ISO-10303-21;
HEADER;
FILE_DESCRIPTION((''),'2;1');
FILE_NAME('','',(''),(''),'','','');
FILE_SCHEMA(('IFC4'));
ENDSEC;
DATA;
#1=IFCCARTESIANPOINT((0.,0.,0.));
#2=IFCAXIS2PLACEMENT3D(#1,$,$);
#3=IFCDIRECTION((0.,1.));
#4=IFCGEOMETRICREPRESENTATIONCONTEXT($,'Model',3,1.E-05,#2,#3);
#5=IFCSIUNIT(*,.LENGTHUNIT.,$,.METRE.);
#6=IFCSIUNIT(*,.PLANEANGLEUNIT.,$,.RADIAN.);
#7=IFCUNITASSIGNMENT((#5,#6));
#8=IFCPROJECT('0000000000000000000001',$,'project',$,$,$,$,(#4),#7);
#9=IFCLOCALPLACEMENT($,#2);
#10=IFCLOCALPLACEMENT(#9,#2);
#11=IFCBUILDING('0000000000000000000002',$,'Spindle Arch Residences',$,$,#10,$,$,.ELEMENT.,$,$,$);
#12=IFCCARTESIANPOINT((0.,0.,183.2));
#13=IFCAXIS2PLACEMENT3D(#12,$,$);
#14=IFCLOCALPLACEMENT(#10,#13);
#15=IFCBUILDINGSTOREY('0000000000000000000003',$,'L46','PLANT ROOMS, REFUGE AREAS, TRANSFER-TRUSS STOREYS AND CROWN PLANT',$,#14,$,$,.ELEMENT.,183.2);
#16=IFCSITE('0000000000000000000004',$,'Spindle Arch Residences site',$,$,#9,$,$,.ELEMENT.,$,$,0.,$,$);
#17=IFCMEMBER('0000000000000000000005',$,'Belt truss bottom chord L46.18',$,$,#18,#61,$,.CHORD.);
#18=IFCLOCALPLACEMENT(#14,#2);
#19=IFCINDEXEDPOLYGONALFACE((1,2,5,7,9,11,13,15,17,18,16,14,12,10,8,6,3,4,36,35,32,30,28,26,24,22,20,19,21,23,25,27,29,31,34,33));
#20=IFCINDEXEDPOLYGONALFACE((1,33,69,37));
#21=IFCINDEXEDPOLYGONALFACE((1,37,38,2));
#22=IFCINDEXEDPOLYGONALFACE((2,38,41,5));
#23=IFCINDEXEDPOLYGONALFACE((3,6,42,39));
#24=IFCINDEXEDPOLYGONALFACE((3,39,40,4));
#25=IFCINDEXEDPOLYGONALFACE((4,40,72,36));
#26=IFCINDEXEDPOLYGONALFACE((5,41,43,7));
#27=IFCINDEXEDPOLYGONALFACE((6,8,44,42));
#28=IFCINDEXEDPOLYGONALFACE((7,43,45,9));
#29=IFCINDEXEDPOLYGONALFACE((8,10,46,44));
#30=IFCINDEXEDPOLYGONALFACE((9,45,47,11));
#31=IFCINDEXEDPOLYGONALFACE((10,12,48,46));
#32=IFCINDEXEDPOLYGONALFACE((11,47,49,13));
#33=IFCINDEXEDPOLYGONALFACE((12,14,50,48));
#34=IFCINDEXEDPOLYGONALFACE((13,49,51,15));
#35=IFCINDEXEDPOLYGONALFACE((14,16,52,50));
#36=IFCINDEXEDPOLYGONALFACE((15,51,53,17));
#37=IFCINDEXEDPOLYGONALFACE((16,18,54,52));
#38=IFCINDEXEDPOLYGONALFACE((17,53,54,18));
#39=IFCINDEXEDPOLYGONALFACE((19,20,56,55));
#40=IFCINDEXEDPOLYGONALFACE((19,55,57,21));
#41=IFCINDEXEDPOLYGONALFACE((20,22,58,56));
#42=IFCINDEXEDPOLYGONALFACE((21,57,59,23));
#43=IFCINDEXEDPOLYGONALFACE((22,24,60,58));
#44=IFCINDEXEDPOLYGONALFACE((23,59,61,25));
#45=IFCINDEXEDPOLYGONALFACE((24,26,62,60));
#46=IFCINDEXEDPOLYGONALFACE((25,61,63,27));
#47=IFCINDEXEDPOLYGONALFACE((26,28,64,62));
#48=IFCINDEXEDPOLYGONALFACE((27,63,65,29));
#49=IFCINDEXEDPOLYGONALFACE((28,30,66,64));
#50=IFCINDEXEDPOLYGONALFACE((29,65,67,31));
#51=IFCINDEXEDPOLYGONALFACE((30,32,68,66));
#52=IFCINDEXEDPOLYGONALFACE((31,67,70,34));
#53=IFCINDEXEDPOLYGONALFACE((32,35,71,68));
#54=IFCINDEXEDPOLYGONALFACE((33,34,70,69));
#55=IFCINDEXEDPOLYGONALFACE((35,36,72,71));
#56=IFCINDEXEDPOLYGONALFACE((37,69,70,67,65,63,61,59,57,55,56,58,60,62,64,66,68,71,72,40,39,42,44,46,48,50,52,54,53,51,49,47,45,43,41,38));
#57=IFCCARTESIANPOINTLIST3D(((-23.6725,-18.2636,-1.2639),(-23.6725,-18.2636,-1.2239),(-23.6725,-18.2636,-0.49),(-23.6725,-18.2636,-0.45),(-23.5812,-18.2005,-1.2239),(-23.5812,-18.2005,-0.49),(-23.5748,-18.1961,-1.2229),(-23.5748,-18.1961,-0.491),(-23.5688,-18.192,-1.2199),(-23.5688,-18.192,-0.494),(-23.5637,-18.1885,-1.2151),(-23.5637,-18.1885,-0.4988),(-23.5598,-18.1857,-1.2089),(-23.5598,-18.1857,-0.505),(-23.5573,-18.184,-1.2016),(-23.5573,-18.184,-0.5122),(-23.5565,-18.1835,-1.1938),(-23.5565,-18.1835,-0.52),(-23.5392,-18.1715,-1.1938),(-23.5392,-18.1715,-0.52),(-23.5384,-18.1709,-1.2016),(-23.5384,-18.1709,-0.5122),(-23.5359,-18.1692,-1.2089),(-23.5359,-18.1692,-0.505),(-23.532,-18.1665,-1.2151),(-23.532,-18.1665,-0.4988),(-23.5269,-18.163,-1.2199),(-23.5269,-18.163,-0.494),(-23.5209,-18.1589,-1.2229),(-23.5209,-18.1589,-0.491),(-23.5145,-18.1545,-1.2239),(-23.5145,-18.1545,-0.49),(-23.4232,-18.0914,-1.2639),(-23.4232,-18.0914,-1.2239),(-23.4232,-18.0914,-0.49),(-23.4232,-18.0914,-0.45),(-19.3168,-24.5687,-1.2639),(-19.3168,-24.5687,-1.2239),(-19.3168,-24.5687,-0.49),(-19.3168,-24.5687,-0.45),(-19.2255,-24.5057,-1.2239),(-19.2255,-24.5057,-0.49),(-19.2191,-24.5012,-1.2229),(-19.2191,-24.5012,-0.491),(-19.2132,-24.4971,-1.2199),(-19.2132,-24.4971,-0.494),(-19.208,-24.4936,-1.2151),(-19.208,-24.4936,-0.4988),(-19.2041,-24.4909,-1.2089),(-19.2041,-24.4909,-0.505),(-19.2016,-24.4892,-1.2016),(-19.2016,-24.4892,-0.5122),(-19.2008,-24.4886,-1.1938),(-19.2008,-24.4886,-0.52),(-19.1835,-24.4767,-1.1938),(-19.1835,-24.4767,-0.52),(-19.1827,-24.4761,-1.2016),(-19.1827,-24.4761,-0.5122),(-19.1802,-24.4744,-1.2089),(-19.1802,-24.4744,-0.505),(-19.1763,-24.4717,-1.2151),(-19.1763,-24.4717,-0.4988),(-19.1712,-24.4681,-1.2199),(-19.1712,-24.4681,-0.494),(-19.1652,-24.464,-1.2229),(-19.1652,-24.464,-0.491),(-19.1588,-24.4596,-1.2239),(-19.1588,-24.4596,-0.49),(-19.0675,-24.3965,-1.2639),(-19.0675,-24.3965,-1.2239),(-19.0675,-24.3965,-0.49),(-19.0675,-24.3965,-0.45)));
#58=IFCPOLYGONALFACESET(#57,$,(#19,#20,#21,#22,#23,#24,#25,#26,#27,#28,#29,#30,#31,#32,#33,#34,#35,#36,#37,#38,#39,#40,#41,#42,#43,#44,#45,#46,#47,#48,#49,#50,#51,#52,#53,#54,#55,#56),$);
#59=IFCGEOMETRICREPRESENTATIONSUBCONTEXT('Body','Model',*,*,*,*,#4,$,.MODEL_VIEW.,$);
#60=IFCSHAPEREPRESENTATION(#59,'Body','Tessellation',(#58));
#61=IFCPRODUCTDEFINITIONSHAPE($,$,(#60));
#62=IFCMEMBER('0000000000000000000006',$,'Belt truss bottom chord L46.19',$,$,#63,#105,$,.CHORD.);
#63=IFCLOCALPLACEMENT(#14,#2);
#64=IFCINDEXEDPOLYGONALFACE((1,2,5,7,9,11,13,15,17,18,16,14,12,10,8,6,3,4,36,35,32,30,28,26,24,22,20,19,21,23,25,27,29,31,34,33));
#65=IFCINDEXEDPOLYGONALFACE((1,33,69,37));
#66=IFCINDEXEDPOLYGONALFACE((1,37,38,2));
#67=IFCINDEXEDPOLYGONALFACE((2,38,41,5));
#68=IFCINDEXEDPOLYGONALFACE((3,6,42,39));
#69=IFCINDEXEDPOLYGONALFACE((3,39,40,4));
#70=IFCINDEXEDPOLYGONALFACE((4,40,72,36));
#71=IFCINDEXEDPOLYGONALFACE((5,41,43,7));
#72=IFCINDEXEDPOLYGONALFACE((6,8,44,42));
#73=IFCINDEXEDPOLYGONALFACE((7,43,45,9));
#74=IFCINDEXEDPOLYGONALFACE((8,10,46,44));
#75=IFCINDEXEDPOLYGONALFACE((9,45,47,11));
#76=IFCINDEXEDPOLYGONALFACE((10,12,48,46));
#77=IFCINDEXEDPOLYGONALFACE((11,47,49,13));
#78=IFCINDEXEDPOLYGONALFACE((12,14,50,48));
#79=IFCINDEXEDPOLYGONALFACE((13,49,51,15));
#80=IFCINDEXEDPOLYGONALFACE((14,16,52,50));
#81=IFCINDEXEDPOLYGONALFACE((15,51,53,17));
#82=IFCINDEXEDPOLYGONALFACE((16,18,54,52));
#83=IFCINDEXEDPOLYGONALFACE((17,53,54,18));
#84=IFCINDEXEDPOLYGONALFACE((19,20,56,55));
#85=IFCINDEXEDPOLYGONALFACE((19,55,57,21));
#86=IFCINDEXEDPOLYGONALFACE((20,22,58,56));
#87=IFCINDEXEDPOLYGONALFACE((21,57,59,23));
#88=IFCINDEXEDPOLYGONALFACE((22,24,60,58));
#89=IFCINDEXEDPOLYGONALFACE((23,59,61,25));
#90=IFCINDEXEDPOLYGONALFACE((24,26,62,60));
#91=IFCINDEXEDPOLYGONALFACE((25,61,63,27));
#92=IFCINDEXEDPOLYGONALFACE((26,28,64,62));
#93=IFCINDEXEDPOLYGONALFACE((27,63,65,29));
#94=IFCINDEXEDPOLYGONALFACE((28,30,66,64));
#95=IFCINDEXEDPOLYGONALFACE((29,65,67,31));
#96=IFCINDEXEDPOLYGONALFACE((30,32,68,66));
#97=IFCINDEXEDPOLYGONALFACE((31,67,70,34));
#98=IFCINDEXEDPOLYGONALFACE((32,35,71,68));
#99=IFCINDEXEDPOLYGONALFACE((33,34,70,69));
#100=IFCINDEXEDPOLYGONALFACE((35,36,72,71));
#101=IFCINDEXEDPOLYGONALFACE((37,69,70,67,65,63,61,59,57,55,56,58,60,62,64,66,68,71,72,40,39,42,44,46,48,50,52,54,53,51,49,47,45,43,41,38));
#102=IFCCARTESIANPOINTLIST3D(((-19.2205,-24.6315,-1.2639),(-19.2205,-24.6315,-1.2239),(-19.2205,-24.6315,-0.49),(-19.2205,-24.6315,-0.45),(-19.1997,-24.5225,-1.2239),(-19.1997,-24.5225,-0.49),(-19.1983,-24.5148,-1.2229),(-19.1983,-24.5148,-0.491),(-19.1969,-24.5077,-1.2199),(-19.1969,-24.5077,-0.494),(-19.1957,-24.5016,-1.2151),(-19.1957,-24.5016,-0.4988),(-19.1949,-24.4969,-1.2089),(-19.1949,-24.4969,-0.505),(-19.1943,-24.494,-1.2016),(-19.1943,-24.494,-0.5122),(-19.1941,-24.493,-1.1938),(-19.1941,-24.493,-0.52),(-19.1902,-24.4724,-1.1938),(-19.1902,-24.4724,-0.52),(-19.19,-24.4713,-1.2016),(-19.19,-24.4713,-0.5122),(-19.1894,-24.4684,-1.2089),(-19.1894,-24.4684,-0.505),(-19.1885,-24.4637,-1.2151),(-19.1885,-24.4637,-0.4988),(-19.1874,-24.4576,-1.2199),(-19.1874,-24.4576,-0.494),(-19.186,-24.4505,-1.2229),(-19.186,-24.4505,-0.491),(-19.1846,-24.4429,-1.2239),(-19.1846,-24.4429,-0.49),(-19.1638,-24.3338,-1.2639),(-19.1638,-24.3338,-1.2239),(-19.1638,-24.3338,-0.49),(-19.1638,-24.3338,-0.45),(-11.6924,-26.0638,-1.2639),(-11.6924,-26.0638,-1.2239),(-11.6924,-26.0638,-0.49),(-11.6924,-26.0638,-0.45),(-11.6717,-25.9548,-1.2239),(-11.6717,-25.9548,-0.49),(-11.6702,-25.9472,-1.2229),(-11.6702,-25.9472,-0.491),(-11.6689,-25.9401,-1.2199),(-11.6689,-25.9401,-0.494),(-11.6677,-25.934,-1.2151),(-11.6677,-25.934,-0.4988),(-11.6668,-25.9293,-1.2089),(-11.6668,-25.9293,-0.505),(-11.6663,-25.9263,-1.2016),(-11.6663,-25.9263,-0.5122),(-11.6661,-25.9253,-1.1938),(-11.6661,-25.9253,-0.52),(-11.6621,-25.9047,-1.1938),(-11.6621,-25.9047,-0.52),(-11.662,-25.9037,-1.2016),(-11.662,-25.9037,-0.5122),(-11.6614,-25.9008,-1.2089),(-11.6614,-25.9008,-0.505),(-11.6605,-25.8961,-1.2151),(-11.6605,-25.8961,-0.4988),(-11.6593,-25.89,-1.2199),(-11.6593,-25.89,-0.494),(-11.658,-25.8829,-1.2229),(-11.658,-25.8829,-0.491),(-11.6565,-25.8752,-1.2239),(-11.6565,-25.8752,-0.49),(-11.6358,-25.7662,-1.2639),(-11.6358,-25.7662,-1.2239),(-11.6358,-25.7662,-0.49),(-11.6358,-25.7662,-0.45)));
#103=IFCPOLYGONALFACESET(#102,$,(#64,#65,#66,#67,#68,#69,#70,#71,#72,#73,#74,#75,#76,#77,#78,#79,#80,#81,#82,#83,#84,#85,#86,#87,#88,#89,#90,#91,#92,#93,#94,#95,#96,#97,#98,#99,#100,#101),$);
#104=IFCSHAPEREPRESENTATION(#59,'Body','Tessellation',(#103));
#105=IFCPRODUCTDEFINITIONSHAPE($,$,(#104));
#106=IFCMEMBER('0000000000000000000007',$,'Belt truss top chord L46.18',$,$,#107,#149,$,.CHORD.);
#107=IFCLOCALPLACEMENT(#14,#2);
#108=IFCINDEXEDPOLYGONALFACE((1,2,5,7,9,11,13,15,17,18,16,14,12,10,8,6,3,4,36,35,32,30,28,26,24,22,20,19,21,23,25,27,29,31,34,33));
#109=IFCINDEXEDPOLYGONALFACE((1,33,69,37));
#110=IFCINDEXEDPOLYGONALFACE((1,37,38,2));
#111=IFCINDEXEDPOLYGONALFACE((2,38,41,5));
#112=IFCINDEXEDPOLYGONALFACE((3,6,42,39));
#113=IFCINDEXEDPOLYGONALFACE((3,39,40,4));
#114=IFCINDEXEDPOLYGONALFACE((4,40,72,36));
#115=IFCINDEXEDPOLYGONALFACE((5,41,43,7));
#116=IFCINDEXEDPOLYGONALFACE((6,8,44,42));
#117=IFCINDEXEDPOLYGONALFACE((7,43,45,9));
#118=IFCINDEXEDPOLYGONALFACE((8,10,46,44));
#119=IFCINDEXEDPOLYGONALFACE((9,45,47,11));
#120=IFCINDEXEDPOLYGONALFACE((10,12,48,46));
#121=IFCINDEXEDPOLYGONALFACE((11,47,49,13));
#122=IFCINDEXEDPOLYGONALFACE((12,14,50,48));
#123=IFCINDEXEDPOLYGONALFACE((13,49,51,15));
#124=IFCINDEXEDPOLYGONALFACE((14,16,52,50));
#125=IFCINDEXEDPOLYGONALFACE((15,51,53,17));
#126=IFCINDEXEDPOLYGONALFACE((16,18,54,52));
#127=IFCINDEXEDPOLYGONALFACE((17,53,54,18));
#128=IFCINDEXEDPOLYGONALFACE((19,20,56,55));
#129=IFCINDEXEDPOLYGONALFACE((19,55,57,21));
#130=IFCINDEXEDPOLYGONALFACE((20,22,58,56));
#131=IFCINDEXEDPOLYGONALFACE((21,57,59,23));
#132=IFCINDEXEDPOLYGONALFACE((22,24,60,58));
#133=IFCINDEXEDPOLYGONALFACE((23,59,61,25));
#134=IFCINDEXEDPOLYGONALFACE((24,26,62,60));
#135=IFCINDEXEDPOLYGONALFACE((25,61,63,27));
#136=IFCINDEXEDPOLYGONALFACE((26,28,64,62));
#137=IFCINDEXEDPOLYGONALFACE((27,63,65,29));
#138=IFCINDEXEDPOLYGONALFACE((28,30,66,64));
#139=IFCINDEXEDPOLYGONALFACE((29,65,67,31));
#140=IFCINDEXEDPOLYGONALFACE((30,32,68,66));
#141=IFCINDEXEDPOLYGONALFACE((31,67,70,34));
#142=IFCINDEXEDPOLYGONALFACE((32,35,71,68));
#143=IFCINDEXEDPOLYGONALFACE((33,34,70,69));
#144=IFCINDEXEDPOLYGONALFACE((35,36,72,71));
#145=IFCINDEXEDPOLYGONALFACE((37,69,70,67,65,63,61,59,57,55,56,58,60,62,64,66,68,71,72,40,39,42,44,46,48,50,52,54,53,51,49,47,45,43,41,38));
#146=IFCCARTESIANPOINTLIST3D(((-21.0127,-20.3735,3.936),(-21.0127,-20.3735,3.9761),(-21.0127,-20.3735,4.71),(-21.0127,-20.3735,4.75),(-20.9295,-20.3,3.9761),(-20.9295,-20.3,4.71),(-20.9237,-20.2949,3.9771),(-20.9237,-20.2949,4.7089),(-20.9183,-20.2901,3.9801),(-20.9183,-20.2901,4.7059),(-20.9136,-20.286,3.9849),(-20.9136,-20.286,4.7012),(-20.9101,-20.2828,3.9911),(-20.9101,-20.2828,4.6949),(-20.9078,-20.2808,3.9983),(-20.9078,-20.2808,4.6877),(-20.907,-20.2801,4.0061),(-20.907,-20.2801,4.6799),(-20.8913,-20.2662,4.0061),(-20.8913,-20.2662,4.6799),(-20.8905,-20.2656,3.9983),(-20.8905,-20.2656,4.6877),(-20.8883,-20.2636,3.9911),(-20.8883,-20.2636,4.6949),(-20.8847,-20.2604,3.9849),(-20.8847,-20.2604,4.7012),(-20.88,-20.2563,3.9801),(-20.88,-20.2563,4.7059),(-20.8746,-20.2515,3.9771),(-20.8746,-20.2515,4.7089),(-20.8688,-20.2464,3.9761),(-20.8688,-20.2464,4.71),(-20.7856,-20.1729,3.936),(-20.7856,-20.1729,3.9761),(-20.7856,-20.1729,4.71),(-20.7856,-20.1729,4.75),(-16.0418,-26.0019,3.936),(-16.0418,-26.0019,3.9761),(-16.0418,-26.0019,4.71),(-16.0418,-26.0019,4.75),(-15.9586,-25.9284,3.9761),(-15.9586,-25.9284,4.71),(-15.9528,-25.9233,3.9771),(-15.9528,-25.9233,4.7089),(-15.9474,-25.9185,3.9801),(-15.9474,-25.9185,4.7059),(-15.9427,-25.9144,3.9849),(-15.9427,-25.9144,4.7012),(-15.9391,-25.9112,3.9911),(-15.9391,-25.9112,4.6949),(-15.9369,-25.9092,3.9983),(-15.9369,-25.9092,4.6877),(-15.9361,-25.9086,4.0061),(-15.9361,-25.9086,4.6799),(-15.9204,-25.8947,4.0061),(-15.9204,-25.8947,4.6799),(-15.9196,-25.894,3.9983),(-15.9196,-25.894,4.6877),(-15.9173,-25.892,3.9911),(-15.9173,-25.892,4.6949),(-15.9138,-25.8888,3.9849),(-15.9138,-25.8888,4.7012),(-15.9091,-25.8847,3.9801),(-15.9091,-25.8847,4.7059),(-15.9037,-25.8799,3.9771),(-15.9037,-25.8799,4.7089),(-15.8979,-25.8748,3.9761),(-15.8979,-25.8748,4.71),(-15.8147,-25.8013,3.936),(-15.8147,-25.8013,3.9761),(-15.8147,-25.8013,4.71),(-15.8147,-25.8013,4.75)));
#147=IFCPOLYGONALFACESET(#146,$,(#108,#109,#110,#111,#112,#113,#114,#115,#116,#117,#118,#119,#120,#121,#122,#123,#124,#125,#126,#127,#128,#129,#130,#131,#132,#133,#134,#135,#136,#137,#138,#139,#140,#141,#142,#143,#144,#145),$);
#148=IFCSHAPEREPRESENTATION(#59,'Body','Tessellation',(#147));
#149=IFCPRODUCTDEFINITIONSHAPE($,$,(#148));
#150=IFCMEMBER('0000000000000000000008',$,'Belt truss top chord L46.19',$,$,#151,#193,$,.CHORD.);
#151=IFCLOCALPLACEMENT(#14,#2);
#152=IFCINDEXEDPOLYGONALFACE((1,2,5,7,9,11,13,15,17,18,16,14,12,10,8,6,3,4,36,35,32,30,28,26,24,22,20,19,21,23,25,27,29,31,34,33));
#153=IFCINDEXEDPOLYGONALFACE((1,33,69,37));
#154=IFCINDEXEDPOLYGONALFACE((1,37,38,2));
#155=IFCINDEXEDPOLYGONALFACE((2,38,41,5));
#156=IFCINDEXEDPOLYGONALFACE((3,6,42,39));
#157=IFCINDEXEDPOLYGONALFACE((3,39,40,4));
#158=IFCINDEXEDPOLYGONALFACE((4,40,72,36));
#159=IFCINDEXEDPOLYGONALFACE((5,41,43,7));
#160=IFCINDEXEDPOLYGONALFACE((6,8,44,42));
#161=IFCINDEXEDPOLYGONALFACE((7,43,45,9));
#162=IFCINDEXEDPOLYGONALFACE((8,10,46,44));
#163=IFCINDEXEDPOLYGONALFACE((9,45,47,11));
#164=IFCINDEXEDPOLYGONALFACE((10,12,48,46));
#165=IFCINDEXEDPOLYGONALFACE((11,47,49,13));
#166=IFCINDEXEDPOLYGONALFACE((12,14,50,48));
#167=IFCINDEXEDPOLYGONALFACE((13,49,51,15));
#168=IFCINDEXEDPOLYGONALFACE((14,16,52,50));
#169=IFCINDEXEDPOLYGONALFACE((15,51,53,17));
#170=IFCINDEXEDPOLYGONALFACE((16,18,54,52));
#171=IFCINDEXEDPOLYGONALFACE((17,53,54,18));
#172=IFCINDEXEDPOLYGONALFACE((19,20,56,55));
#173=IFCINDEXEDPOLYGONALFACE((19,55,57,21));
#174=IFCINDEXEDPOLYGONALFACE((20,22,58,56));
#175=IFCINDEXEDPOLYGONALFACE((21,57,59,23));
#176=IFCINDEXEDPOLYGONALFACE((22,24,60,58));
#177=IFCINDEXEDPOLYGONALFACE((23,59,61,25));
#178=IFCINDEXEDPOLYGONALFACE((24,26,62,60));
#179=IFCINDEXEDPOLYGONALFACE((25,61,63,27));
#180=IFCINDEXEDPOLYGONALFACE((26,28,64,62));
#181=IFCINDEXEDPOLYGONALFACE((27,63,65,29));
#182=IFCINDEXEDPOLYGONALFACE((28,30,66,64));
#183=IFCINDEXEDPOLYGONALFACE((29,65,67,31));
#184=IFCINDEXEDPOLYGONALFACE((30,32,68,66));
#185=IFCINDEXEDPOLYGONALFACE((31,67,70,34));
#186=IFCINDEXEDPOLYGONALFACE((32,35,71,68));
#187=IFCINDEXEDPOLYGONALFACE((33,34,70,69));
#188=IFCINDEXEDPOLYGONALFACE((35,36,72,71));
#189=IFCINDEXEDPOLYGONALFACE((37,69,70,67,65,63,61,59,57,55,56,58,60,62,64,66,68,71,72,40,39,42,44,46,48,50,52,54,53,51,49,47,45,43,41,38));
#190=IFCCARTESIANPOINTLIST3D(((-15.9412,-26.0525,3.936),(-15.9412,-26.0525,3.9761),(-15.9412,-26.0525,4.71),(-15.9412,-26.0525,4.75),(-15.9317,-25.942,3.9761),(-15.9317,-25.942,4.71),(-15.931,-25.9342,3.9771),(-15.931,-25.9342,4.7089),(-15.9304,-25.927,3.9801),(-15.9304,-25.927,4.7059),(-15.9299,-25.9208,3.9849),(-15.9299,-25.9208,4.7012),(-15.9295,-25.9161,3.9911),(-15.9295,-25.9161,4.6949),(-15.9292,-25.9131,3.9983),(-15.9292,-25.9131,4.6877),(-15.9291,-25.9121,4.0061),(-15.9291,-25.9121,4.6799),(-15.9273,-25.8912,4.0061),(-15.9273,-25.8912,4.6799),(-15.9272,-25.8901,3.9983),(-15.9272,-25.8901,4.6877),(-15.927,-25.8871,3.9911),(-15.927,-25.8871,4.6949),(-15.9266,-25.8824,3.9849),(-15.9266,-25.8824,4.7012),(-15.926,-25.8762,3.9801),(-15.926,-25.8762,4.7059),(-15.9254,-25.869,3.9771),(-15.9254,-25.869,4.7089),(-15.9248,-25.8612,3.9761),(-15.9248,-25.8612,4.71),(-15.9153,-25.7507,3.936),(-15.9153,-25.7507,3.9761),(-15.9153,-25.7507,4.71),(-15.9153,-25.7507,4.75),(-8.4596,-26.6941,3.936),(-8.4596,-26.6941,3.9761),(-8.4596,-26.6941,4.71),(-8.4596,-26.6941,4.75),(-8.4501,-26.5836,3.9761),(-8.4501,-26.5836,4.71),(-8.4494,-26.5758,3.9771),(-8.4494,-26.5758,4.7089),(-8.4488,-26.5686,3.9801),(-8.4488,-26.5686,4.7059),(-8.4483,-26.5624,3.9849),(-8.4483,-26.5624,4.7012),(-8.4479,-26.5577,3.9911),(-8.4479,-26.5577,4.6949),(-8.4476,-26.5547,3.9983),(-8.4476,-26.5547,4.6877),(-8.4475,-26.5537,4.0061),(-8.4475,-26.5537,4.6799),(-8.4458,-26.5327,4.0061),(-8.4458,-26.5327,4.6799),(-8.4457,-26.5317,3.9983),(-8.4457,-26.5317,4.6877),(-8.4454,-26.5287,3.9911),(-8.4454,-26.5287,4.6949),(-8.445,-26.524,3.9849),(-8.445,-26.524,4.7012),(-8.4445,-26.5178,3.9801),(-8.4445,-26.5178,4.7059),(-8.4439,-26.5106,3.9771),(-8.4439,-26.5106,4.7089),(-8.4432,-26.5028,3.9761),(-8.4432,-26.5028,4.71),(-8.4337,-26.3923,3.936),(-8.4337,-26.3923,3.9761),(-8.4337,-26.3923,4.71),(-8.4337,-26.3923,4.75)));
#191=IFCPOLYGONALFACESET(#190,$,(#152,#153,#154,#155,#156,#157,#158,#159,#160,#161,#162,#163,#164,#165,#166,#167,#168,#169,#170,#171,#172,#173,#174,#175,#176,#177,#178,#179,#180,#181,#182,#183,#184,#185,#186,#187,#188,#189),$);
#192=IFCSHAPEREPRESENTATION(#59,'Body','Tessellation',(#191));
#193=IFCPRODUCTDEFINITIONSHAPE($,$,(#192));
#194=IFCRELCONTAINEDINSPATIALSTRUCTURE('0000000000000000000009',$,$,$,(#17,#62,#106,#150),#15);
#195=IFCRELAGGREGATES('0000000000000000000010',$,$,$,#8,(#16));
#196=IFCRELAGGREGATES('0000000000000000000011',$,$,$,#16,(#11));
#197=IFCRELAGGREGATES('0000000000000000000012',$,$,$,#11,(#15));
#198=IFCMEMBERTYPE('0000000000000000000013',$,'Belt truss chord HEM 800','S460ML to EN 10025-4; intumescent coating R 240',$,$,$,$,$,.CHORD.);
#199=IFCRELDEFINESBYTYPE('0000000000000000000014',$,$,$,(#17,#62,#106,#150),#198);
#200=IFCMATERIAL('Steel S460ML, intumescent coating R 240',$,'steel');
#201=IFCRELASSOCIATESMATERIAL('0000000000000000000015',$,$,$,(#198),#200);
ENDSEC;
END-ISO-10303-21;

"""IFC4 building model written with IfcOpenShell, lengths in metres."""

from ifc_helpers import new_model, si_unit, direction, frame, origin, origin_2d, place, context, subcontext, project, spatial, i_section, extrude, material, material_profile, profile_set, type_object, element, save


model = new_model("IFC4")

# Units and contexts
model_context = context("Model", 3, precision=1e-05, world=origin(), true_north=direction((0.0, 1.0)))
body_context = subcontext(model_context, "Body", "Model", "MODEL_VIEW")
ifc_project = project(units=[si_unit("LENGTHUNIT", "METRE"), si_unit("PLANEANGLEUNIT", "RADIAN")], contexts=[model_context])

# Site, building, storey
site_placement = place(None, origin())
site = spatial("IfcSite", under=ifc_project, at=site_placement, Name="Spindle Arch Residences site", CompositionType="ELEMENT", RefElevation=0.0)
building_placement = place(site_placement, origin())
building = spatial("IfcBuilding", under=site, at=building_placement, Name="Spindle Arch Residences", CompositionType="ELEMENT")
storey_placement = place(building_placement, frame((0.0, 0.0, 183.2)))
storey = spatial("IfcBuildingStorey", under=building, at=storey_placement, Name="L46", Description="PLANT ROOMS, REFUGE AREAS, TRANSFER-TRUSS STOREYS AND CROWN PLANT", CompositionType="ELEMENT", Elevation=183.2)

# Members
ifc_material_1 = material(Name="Steel S460ML, intumescent coating R 240", Category="steel")
ifc_material_profile_1 = material_profile(ifc_material_1, i_section(OverallWidth=0.303, OverallDepth=0.814, WebThickness=0.021, FlangeThickness=0.04, FilletRadius=0.03, at=origin_2d()), Name="HEM 800")
ifc_profile_set_1 = profile_set([ifc_material_profile_1], Name="Steel S460ML, intumescent coating R 240")
member_type_1 = type_object("IfcMemberType", Name="Belt truss chord HEM 800", Description="S460ML to EN 10025-4; intumescent coating R 240", PredefinedType="CHORD", material=ifc_profile_set_1)
member_1_placement = place(storey_placement, frame((-23.5479, -18.1775, -0.8569), z_axis=(0.56838, -0.822766, 0.0), x_axis=(0.822766, 0.56838, 0.0)))
element("IfcMember", 1, at=member_1_placement, inside=storey, type_object=member_type_1, Name="Belt truss bottom chord L46.18", PredefinedType="CHORD", context=body_context, shape_type="SweptSolid", body=[
    extrude(i_section(OverallWidth=0.303, OverallDepth=0.814, WebThickness=0.021, FlangeThickness=0.04, FilletRadius=0.03, at=origin_2d()), origin(), (0.0, 0.0, 1.0), 7.6633),
])
member_2_placement = place(storey_placement, frame((-19.1921, -24.4827, -0.8569), z_axis=(0.982376, -0.186917, 0.0), x_axis=(0.186917, 0.982376, 0.0)))
element("IfcMember", 2, at=member_2_placement, inside=storey, type_object=member_type_1, Name="Belt truss bottom chord L46.19", PredefinedType="CHORD", context=body_context, shape_type="SweptSolid", body=[
    extrude(i_section(OverallWidth=0.303, OverallDepth=0.814, WebThickness=0.021, FlangeThickness=0.04, FilletRadius=0.03, at=origin_2d()), origin(), (0.0, 0.0, 1.0), 7.6631),
])
member_3_placement = place(storey_placement, frame((-20.8992, -20.2732, 4.343), z_axis=(0.661973, -0.749528, 0.0), x_axis=(0.749528, 0.661973, 0.0)))
element("IfcMember", 3, at=member_3_placement, inside=storey, type_object=member_type_1, Name="Belt truss top chord L46.18", PredefinedType="CHORD", context=body_context, shape_type="SweptSolid", body=[
    extrude(i_section(OverallWidth=0.303, OverallDepth=0.814, WebThickness=0.021, FlangeThickness=0.04, FilletRadius=0.03, at=origin_2d()), origin(), (0.0, 0.0, 1.0), 7.5093),
])
member_4_placement = place(storey_placement, frame((-15.9282, -25.9016, 4.343), z_axis=(0.996343, -0.085443, 0.0), x_axis=(0.085443, 0.996343, 0.0)))
element("IfcMember", 4, at=member_4_placement, inside=storey, type_object=member_type_1, Name="Belt truss top chord L46.19", PredefinedType="CHORD", context=body_context, shape_type="SweptSolid", body=[
    extrude(i_section(OverallWidth=0.303, OverallDepth=0.814, WebThickness=0.021, FlangeThickness=0.04, FilletRadius=0.03, at=origin_2d()), origin(), (0.0, 0.0, 1.0), 7.509),
])

save(model, "model.ifc")
